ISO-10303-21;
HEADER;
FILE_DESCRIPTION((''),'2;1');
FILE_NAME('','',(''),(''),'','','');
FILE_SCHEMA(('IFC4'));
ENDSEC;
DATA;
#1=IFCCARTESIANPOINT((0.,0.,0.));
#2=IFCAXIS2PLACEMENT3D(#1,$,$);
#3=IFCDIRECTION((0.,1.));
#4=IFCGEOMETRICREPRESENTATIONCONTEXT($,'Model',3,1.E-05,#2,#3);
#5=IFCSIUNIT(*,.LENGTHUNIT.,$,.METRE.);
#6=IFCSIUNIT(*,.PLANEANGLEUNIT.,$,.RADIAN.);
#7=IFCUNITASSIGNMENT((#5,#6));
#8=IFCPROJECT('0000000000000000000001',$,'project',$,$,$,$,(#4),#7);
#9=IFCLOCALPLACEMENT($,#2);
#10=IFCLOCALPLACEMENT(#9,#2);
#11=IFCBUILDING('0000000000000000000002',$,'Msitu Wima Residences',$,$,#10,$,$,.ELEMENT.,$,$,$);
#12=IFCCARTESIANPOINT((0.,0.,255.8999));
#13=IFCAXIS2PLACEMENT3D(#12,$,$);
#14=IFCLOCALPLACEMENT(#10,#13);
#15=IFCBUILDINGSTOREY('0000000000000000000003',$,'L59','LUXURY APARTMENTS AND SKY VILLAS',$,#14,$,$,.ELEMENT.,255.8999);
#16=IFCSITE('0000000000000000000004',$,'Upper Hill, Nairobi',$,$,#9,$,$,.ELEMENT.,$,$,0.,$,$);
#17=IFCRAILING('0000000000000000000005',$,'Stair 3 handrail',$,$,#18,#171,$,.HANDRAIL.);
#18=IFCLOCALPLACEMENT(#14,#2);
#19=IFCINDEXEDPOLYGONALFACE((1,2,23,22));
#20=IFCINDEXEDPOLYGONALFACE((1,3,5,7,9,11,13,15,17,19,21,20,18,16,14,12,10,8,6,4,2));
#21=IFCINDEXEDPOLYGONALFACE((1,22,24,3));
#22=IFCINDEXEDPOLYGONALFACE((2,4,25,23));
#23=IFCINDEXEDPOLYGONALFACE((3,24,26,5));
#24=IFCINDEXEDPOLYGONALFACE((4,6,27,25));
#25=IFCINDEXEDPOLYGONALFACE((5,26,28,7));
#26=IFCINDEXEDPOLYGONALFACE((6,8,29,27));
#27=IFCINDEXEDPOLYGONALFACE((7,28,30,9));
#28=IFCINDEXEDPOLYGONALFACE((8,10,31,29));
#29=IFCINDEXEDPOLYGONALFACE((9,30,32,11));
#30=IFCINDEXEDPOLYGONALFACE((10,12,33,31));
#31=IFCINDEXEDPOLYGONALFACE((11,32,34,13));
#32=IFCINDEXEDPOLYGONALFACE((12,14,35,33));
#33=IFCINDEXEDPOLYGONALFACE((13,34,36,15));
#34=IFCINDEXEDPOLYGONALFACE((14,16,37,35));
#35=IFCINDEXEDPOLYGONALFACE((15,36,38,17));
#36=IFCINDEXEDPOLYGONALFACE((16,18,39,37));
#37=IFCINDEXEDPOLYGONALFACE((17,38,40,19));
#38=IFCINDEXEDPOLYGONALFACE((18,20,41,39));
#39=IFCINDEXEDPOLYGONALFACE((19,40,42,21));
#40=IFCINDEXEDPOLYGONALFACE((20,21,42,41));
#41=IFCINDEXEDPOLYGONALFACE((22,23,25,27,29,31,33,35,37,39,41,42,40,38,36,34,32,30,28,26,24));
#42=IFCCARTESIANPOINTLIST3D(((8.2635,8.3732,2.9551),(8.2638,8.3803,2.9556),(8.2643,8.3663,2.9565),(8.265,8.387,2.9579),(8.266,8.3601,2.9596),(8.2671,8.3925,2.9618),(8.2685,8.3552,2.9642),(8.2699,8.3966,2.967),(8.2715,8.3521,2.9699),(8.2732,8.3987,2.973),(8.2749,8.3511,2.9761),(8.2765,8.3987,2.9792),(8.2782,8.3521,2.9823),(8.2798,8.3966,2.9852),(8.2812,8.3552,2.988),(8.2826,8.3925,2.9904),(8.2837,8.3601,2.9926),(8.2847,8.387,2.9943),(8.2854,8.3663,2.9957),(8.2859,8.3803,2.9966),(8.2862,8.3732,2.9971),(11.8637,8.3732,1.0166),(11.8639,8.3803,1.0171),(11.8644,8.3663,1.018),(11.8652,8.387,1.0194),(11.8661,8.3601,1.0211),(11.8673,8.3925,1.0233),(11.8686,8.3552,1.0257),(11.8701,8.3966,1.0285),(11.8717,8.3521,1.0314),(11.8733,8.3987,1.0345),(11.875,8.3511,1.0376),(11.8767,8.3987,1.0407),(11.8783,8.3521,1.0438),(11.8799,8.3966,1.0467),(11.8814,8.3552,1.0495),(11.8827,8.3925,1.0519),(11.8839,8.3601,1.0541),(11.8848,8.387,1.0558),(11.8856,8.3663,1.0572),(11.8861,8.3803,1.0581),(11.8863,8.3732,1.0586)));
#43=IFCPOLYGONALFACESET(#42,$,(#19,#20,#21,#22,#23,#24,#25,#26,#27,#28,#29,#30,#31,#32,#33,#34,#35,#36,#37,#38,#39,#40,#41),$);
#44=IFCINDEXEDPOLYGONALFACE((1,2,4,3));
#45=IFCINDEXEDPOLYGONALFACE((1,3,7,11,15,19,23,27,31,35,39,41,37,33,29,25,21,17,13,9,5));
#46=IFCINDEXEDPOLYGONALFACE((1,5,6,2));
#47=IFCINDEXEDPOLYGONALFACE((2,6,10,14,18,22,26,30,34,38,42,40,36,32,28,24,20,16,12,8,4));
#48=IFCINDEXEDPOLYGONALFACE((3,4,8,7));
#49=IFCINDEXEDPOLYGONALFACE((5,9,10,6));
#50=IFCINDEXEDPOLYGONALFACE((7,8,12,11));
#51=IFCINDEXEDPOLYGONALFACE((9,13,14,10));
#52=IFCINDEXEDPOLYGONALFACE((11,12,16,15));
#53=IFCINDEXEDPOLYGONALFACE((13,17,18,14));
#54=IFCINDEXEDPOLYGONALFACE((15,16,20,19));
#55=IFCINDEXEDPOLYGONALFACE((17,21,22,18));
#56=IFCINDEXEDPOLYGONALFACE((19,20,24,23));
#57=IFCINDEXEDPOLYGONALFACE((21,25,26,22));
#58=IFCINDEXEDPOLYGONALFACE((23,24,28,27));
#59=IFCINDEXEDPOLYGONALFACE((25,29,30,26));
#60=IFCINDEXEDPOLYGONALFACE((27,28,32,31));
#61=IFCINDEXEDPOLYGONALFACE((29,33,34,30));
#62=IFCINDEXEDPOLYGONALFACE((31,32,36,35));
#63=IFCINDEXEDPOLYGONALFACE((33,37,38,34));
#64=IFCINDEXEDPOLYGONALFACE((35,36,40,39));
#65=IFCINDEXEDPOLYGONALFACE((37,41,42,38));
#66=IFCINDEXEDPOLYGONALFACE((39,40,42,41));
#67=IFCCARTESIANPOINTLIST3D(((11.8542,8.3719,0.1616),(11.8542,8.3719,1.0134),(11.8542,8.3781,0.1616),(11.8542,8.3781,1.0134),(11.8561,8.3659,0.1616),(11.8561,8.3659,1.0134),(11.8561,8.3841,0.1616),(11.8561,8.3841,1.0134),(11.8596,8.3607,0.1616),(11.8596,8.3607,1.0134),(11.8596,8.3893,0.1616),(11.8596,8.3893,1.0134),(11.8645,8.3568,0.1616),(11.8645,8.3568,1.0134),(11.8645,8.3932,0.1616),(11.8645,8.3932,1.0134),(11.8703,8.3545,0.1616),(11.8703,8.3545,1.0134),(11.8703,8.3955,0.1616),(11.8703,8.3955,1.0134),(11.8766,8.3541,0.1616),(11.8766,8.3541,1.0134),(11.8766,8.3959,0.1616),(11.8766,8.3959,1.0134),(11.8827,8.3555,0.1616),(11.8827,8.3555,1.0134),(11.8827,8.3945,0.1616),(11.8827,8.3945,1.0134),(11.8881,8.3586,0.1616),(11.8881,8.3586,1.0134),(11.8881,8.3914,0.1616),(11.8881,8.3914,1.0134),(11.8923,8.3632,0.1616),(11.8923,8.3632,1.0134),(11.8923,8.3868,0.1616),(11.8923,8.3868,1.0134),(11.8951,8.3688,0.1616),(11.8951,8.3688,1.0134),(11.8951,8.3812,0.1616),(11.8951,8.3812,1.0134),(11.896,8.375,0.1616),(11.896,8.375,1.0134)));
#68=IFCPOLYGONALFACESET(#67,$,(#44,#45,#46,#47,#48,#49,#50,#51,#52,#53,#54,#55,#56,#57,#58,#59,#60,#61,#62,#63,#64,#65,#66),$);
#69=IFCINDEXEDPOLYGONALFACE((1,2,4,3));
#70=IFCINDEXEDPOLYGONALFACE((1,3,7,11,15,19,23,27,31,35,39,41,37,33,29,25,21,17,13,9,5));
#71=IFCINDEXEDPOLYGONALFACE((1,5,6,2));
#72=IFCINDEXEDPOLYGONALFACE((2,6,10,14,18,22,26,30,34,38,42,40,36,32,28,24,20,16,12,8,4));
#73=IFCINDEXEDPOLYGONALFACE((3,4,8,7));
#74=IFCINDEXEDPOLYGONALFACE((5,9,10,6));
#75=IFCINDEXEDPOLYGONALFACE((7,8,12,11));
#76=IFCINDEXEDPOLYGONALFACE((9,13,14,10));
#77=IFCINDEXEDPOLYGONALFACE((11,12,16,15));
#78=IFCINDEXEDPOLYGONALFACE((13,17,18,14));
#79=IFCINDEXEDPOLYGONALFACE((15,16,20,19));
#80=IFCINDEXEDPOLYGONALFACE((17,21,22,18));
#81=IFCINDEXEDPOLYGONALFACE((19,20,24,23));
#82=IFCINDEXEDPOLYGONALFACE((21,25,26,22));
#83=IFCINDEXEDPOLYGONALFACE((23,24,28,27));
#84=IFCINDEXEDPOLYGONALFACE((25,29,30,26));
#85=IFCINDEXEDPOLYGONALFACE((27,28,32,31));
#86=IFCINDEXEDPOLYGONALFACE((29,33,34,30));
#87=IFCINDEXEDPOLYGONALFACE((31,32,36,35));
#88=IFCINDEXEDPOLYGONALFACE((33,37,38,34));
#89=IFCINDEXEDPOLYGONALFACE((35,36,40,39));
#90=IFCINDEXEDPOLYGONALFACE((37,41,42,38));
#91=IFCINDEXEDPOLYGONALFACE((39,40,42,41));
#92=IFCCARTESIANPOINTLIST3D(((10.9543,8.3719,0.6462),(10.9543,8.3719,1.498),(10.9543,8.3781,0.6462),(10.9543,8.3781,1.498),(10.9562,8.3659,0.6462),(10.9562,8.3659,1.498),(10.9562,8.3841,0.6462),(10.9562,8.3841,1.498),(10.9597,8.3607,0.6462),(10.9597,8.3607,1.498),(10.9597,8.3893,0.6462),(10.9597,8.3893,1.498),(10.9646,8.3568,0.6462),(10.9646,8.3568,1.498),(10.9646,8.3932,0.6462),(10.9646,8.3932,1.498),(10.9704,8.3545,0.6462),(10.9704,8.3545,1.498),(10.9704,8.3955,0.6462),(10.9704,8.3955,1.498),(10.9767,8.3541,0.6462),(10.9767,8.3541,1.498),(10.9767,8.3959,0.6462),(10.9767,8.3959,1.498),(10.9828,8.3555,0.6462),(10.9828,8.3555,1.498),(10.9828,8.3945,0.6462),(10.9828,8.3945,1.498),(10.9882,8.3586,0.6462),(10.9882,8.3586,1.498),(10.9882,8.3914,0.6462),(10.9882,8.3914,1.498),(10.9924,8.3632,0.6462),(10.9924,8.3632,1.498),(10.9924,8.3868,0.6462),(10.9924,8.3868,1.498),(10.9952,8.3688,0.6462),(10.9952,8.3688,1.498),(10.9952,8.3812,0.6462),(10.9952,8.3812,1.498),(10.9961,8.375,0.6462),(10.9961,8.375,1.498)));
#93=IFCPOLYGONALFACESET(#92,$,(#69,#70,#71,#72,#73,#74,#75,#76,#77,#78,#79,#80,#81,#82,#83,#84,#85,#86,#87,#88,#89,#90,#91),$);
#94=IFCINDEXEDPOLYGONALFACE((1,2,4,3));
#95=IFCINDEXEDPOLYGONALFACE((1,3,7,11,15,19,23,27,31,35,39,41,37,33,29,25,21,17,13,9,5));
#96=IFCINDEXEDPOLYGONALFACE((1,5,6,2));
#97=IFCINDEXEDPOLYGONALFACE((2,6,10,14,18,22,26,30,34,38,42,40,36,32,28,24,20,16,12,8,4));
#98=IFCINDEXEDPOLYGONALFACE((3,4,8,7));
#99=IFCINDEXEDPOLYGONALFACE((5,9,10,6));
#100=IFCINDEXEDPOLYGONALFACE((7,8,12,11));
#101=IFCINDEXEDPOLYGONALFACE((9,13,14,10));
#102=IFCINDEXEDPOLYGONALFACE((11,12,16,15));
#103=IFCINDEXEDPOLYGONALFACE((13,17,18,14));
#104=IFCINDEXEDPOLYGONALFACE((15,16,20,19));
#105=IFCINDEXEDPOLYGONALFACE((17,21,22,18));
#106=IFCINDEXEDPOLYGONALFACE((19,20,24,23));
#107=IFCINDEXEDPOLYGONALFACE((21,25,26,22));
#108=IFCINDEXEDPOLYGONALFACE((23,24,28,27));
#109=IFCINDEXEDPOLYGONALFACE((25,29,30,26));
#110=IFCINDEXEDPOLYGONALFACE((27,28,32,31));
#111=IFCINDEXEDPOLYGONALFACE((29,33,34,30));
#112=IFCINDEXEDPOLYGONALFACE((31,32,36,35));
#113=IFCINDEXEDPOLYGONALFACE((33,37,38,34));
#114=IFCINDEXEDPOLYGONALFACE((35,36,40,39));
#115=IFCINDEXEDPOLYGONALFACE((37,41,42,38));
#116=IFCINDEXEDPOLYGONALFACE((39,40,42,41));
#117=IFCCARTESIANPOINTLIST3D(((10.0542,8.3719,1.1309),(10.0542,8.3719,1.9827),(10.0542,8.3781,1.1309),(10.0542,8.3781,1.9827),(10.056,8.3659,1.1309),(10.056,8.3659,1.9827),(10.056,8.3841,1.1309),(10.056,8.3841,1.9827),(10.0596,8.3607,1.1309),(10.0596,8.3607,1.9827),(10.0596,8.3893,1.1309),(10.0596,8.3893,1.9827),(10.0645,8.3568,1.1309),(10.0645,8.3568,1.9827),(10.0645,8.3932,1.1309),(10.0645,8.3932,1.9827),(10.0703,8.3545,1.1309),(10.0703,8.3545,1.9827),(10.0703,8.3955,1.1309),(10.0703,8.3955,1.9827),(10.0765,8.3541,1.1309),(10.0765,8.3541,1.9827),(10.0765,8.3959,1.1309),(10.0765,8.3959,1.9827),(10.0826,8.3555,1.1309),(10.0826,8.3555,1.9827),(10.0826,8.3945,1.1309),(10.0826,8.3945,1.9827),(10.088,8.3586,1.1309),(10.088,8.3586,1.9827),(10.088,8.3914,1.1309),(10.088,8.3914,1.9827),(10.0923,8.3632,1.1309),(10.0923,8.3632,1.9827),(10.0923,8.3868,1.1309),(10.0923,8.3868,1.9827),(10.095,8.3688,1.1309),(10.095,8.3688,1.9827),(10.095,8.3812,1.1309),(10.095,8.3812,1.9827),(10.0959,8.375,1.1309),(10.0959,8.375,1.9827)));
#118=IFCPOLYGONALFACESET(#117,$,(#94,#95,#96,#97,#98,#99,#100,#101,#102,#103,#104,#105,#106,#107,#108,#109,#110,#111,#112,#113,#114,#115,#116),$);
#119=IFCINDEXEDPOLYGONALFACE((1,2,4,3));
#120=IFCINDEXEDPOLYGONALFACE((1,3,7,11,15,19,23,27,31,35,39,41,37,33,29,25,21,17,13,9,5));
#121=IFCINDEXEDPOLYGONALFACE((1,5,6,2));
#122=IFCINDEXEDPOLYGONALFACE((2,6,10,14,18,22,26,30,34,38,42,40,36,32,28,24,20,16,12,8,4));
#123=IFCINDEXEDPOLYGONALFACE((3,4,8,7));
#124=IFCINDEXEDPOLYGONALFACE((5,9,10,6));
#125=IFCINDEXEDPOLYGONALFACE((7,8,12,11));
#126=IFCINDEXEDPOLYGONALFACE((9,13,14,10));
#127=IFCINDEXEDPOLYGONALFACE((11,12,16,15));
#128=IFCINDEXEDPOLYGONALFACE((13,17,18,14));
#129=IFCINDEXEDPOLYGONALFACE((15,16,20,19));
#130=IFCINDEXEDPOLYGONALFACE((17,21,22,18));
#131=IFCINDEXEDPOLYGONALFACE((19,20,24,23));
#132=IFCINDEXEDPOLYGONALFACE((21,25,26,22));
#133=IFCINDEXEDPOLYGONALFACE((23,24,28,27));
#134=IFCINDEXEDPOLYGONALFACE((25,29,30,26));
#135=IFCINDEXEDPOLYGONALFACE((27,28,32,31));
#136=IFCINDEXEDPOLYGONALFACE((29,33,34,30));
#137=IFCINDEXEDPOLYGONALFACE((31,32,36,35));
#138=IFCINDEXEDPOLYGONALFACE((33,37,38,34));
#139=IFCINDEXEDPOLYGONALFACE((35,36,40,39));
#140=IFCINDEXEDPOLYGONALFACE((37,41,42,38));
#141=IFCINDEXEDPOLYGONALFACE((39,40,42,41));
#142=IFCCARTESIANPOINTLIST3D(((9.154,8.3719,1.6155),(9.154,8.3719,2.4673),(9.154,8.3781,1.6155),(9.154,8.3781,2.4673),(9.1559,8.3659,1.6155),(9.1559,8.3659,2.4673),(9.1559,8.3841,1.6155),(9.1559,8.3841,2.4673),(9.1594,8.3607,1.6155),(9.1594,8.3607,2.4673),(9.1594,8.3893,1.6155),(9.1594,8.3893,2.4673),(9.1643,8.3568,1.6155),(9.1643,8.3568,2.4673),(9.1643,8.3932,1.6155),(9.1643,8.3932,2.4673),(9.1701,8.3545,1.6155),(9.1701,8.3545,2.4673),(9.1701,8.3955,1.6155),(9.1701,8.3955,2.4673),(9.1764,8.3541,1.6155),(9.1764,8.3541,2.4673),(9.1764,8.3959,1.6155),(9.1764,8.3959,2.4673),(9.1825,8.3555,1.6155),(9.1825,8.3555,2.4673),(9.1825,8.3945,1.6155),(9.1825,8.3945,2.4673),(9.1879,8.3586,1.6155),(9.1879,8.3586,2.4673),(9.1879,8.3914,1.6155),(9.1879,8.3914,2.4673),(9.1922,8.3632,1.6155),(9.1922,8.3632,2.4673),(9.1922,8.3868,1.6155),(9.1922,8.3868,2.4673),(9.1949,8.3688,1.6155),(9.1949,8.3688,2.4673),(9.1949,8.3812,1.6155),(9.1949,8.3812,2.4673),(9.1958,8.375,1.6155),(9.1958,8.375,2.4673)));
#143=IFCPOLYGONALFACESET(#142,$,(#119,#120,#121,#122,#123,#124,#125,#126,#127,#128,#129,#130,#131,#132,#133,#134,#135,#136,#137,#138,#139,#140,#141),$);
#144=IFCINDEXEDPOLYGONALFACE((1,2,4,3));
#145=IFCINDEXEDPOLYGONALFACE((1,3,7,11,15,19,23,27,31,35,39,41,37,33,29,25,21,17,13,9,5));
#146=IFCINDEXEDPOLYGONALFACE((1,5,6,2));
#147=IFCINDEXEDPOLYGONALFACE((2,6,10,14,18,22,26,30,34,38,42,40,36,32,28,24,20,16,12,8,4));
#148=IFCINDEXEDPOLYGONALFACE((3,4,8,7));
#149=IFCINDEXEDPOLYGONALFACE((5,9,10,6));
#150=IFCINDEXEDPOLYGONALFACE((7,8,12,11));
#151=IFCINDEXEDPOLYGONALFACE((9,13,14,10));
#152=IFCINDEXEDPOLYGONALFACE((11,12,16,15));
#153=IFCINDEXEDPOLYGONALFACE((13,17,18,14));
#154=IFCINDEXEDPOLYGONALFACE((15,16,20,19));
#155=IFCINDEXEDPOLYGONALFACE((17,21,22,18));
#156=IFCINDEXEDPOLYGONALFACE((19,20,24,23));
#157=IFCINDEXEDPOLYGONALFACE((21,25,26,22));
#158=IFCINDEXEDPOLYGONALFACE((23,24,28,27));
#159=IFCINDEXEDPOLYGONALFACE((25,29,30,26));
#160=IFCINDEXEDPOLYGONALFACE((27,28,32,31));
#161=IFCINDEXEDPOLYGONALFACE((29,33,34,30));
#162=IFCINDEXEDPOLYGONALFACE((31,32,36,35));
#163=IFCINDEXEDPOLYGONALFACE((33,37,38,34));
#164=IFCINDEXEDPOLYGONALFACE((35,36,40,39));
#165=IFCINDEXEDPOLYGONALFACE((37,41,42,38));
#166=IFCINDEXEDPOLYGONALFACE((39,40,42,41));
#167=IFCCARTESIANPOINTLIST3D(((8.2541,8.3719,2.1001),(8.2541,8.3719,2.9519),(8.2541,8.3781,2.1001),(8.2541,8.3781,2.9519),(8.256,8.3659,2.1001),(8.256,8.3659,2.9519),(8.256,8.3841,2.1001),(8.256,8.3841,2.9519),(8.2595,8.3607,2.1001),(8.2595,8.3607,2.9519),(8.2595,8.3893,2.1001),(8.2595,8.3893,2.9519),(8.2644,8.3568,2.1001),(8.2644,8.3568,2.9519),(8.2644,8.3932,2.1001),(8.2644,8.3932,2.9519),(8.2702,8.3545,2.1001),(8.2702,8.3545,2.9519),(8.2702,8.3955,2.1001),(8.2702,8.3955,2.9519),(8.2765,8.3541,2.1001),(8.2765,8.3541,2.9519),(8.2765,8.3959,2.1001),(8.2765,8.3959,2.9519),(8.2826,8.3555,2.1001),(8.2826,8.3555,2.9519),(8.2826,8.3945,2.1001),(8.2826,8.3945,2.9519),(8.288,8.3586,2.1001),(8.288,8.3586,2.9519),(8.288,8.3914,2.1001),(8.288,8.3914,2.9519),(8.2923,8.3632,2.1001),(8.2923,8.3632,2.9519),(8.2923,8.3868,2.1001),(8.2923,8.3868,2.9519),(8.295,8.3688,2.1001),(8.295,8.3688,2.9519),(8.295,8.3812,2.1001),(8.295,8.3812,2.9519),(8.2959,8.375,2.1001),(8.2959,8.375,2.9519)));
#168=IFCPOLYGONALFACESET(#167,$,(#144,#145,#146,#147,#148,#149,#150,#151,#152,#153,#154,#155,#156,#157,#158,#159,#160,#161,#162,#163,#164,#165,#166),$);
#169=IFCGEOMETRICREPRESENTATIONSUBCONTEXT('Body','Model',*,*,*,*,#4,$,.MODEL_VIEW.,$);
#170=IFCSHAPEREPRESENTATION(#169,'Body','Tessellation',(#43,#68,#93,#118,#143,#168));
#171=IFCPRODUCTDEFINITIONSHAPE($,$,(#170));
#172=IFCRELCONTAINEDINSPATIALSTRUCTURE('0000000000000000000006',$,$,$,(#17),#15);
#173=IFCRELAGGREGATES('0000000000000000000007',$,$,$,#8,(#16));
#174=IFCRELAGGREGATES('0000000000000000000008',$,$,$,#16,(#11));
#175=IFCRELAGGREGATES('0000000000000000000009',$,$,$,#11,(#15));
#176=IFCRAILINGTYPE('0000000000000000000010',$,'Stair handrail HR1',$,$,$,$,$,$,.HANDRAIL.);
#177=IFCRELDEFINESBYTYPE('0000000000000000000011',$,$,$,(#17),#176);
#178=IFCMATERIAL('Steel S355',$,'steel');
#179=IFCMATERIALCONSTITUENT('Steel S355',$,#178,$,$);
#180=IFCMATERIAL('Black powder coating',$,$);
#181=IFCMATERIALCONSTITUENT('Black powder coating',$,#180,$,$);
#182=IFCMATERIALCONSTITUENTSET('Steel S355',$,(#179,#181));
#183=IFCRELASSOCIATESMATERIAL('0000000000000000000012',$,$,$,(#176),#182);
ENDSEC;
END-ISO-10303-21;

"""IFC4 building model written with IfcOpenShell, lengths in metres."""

from ifc_helpers import new_model, si_unit, direction, frame, origin, origin_2d, place, context, subcontext, project, spatial, circle, extrude, material, constituent, constituent_set, type_object, element, save


model = new_model("IFC4")

# Units and contexts
model_context = context("Model", 3, precision=1e-05, world=origin(), true_north=direction((0.0, 1.0)))
body_context = subcontext(model_context, "Body", "Model", "MODEL_VIEW")
ifc_project = project(units=[si_unit("LENGTHUNIT", "METRE"), si_unit("PLANEANGLEUNIT", "RADIAN")], contexts=[model_context])

# Site, building, storey
site_placement = place(None, origin())
site = spatial("IfcSite", under=ifc_project, at=site_placement, Name="Upper Hill, Nairobi", CompositionType="ELEMENT", RefElevation=0.0)
building_placement = place(site_placement, origin())
building = spatial("IfcBuilding", under=site, at=building_placement, Name="Msitu Wima Residences", CompositionType="ELEMENT")
storey_placement = place(building_placement, frame((0.0, 0.0, 255.8999)))
storey = spatial("IfcBuildingStorey", under=building, at=storey_placement, Name="L59", Description="LUXURY APARTMENTS AND SKY VILLAS", CompositionType="ELEMENT", Elevation=255.8999)

# Railing
ifc_material_1 = material(Name="Steel S355", Category="steel")
ifc_constituent_1 = constituent(ifc_material_1, Name="Steel S355")
ifc_material_2 = material(Name="Black powder coating")
ifc_constituent_2 = constituent(ifc_material_2, Name="Black powder coating")
ifc_constituent_set_1 = constituent_set(constituents=[ifc_constituent_1, ifc_constituent_2], Name="Steel S355")
railing_type_1 = type_object("IfcRailingType", Name="Stair handrail HR1", PredefinedType="HANDRAIL", material=ifc_constituent_set_1)
for number, where, name in (
    (1, (11.875, 8.375, 0.1616), "Stair 3 handrail"),
):
    element("IfcRailing", number, at=place(storey_placement, frame(where)), inside=storey, type_object=railing_type_1, Name=name, PredefinedType="HANDRAIL", context=body_context, shape_type="SweptSolid", body=[
        extrude(circle(Radius=0.0239, at=origin_2d()), frame((0.0, 0.0, 0.876), z_axis=(-0.880475, 0.0, 0.474093), x_axis=(0.0, -1.0, 0.0)), (0.0, 0.0, 1.0), 4.0889),
        extrude(circle(Radius=0.021, at=origin_2d()), origin(), (0.0, 0.0, 1.0), 0.8518),
        extrude(circle(Radius=0.021, at=origin_2d()), frame((-0.8999, 0.0, 0.4846)), (0.0, 0.0, 1.0), 0.8518),
        extrude(circle(Radius=0.021, at=origin_2d()), frame((-1.8, 0.0, 0.9692)), (0.0, 0.0, 1.0), 0.8518),
        extrude(circle(Radius=0.021, at=origin_2d()), frame((-2.7002, 0.0, 1.4539)), (0.0, 0.0, 1.0), 0.8518),
        extrude(circle(Radius=0.021, at=origin_2d()), frame((-3.6001, 0.0, 1.9385)), (0.0, 0.0, 1.0), 0.8518),
    ])

save(model, "model.ifc")
